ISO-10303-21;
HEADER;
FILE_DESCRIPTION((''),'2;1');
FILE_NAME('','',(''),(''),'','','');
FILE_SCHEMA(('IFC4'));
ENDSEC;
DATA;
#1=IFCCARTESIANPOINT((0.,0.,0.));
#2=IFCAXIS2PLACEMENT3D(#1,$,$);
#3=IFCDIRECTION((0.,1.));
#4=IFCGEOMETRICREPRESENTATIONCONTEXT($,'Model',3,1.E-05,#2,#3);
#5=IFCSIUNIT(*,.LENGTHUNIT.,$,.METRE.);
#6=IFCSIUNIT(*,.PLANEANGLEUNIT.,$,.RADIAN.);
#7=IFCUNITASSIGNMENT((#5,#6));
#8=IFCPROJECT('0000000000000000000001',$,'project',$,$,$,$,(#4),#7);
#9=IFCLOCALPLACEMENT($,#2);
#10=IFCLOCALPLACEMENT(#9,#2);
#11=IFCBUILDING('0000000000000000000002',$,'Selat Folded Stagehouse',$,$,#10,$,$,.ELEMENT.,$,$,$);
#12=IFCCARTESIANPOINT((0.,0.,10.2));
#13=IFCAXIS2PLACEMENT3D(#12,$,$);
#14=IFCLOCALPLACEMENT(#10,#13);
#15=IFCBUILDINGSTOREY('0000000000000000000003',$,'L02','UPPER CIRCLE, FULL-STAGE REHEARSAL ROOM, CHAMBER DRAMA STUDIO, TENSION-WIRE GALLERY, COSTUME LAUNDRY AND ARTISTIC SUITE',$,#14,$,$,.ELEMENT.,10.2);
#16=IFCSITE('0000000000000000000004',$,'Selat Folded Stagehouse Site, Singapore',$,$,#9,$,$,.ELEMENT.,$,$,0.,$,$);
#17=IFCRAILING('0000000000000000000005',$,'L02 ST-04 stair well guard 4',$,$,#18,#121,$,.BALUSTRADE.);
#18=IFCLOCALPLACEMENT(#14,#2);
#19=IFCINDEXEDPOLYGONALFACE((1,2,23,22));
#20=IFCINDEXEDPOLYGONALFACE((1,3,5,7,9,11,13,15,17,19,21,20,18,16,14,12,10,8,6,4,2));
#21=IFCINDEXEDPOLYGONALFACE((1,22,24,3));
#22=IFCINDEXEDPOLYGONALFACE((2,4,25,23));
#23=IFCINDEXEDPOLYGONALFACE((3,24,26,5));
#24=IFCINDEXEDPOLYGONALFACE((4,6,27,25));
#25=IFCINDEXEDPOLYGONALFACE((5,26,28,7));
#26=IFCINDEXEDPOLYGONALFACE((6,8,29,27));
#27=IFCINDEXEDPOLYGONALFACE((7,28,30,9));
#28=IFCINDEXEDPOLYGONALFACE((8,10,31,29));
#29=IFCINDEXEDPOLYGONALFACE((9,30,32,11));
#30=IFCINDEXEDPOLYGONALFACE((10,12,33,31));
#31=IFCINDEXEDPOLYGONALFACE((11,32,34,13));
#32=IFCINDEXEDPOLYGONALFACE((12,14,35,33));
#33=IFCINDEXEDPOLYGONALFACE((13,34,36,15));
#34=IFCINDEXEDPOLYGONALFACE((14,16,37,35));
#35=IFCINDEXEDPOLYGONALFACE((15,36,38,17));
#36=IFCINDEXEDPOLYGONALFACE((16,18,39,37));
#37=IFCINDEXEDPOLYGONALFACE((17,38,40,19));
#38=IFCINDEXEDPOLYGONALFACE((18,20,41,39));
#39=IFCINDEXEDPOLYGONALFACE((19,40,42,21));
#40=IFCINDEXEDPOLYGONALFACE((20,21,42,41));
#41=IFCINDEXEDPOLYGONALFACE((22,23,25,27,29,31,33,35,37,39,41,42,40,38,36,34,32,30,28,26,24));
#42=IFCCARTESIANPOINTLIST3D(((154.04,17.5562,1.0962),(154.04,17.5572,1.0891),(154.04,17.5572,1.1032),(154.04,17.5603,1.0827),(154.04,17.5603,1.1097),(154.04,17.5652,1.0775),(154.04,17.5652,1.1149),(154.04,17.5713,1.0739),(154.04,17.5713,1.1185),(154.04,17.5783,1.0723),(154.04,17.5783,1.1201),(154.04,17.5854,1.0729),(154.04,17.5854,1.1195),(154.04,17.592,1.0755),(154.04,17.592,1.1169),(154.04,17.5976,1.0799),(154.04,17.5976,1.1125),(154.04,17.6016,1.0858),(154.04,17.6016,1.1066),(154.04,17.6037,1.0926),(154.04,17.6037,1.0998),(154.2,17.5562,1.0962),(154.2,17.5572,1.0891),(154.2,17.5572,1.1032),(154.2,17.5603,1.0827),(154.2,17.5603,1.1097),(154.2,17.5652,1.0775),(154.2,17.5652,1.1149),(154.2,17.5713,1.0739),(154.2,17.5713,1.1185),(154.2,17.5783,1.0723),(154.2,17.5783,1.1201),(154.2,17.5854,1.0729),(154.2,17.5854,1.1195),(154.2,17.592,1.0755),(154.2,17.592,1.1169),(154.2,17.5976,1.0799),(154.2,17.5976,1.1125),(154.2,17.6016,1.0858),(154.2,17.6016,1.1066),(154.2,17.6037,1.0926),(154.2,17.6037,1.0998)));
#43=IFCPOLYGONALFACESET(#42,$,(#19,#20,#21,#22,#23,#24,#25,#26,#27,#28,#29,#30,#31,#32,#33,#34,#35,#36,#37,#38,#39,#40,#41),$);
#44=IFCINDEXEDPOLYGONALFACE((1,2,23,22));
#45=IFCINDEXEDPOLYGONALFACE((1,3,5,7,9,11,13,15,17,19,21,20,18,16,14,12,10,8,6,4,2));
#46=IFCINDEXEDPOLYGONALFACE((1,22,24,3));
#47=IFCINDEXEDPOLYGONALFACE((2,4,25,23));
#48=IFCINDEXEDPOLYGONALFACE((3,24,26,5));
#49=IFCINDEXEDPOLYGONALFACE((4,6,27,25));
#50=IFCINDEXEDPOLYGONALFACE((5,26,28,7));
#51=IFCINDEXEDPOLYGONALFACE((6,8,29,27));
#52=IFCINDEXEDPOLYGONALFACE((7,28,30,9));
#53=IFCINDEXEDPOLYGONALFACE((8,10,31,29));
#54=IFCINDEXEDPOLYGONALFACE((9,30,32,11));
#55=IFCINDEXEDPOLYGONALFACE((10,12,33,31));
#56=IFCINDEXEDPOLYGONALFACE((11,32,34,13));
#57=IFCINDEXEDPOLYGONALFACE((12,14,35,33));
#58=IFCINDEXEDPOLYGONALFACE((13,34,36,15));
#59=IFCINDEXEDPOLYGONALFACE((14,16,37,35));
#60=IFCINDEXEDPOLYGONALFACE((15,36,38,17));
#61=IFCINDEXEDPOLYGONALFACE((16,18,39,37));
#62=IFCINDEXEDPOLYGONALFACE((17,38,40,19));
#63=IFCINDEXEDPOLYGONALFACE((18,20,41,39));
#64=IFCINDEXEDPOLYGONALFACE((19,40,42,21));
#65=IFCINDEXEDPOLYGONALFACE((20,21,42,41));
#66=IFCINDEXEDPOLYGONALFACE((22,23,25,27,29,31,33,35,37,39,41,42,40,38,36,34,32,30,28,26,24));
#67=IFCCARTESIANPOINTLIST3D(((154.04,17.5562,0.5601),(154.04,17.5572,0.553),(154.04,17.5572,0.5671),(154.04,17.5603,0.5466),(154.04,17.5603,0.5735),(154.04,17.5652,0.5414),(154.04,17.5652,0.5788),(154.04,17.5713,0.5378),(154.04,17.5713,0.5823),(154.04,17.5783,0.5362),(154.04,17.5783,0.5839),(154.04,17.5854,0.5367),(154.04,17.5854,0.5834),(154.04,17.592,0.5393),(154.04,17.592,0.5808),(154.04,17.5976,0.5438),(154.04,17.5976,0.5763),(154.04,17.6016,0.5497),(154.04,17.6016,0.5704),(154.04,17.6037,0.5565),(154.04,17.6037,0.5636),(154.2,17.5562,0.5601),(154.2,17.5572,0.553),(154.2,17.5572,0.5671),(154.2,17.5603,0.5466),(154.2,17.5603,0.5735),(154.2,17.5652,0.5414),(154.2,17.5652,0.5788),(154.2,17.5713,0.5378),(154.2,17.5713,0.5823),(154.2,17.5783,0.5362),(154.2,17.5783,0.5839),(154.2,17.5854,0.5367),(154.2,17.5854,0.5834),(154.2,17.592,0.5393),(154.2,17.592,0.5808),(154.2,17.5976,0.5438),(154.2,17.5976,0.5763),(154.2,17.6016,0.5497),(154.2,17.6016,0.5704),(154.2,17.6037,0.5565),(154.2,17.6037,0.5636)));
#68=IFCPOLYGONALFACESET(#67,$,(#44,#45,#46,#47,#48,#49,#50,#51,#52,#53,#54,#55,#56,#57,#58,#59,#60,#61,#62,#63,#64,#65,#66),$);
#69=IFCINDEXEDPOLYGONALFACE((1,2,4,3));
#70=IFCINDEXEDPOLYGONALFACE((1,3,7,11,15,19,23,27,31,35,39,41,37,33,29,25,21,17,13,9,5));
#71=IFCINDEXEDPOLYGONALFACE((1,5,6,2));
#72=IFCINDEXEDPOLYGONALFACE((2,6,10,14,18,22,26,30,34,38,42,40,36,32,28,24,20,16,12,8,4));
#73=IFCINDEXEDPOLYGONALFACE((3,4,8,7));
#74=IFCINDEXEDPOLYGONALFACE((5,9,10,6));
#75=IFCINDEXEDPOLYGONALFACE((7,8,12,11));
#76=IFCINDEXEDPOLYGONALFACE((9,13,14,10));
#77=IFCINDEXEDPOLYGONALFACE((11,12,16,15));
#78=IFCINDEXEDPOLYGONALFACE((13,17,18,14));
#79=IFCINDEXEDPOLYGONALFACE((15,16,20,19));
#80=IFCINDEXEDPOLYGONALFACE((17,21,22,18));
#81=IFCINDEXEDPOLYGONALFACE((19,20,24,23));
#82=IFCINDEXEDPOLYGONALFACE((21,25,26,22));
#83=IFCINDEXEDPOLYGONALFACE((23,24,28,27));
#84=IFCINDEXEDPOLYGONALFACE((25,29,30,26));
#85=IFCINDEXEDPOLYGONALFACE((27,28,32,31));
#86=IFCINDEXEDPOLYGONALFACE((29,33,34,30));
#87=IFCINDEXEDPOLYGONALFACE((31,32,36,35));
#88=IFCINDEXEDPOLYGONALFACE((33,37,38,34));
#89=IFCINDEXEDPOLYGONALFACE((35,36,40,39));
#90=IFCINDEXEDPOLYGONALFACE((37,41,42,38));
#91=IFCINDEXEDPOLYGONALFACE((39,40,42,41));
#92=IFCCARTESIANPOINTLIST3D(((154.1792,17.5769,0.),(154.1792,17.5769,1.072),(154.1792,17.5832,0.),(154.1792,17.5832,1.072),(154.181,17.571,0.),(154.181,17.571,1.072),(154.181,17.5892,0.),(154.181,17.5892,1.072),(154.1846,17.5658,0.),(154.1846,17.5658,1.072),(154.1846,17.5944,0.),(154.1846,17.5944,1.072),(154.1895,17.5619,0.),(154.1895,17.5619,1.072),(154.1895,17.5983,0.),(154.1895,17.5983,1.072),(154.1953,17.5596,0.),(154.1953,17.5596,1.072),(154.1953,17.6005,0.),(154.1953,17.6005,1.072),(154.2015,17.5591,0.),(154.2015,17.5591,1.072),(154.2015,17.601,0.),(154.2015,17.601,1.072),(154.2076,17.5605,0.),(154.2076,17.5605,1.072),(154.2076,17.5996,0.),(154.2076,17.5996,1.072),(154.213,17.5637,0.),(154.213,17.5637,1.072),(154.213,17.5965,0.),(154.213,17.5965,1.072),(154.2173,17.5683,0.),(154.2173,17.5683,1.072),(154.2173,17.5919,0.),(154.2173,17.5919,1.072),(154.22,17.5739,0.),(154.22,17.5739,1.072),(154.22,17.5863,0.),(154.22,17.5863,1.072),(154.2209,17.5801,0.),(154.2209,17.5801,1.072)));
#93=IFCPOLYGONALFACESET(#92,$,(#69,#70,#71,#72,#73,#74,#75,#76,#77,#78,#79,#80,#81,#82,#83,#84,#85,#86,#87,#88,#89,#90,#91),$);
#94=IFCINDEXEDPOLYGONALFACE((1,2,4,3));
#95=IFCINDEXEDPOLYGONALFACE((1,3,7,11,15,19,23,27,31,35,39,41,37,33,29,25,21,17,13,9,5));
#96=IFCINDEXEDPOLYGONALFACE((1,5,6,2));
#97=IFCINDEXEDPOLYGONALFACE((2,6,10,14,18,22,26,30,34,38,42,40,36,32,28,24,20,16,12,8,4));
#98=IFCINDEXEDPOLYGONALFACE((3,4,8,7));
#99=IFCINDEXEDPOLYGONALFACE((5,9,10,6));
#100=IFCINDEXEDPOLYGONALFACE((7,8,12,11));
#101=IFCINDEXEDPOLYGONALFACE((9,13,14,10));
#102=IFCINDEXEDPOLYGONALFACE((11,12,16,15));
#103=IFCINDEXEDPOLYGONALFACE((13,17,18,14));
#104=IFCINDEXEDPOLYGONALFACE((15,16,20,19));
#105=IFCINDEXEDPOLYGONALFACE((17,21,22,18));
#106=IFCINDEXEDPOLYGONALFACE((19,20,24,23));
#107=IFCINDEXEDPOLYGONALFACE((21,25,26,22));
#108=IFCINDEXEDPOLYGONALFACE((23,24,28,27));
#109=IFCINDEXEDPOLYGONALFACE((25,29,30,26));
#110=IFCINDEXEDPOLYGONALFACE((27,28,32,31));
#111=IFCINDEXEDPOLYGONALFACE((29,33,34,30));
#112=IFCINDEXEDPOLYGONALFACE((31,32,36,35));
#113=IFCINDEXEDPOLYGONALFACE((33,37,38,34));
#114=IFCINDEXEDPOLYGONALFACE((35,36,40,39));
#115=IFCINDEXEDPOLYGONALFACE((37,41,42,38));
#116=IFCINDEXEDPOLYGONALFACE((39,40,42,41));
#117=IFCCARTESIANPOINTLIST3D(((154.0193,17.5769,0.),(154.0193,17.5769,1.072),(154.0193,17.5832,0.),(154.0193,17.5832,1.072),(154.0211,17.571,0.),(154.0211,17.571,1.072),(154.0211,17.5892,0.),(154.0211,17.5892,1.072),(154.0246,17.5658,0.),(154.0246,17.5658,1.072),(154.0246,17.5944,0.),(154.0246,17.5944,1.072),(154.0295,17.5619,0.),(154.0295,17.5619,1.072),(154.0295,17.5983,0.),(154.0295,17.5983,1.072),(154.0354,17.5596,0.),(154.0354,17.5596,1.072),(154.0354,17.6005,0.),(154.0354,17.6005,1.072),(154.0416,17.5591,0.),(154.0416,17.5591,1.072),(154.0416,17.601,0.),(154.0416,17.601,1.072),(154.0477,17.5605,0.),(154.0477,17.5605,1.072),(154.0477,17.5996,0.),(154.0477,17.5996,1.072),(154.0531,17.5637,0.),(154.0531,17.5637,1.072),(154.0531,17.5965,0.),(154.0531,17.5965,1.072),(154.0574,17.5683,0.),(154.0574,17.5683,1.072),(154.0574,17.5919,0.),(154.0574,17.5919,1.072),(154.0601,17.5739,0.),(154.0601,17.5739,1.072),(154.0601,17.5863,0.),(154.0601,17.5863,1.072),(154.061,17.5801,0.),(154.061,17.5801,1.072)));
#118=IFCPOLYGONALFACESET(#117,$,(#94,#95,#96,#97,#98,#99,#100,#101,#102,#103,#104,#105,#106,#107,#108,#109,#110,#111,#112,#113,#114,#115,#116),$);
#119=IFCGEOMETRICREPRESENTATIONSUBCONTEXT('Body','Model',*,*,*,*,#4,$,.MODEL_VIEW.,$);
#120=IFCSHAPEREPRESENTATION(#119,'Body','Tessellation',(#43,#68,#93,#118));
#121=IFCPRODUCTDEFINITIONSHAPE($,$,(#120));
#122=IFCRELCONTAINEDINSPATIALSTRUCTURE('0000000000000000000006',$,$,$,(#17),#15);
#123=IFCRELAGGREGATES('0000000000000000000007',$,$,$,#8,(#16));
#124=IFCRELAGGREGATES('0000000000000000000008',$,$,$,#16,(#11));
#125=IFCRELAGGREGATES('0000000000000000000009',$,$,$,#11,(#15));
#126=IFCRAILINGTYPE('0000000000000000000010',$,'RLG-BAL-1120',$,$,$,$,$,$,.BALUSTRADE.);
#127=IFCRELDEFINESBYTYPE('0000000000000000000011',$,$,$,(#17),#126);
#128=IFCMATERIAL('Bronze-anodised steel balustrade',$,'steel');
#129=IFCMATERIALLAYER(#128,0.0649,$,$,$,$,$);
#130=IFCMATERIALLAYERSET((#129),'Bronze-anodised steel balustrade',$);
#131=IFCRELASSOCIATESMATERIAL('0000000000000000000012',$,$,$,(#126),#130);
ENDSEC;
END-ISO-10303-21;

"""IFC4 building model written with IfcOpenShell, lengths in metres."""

from ifc_helpers import new_model, si_unit, direction, frame, origin, origin_2d, place, context, subcontext, project, spatial, circle, extrude, material, layer, layer_set, type_object, element, save


model = new_model("IFC4")

# Units and contexts
model_context = context("Model", 3, precision=1e-05, world=origin(), true_north=direction((0.0, 1.0)))
body_context = subcontext(model_context, "Body", "Model", "MODEL_VIEW")
ifc_project = project(units=[si_unit("LENGTHUNIT", "METRE"), si_unit("PLANEANGLEUNIT", "RADIAN")], contexts=[model_context])

# Site, building, storey
site_placement = place(None, origin())
site = spatial("IfcSite", under=ifc_project, at=site_placement, Name="Selat Folded Stagehouse Site, Singapore", CompositionType="ELEMENT", RefElevation=0.0)
building_placement = place(site_placement, origin())
building = spatial("IfcBuilding", under=site, at=building_placement, Name="Selat Folded Stagehouse", CompositionType="ELEMENT")
storey_placement = place(building_placement, frame((0.0, 0.0, 10.2)))
storey = spatial("IfcBuildingStorey", under=building, at=storey_placement, Name="L02", Description="UPPER CIRCLE, FULL-STAGE REHEARSAL ROOM, CHAMBER DRAMA STUDIO, TENSION-WIRE GALLERY, COSTUME LAUNDRY AND ARTISTIC SUITE", CompositionType="ELEMENT", Elevation=10.2)

# Railing
ifc_material_1 = material(Name="Bronze-anodised steel balustrade", Category="steel")
ifc_layer_1 = layer(ifc_material_1, 0.0649)
ifc_layer_set_1 = layer_set([ifc_layer_1], Name="Bronze-anodised steel balustrade")
railing_type_1 = type_object("IfcRailingType", Name="RLG-BAL-1120", PredefinedType="BALUSTRADE", material=ifc_layer_set_1)
railing_1_placement = place(storey_placement, frame((154.2, 17.5801, 0.0)))
element("IfcRailing", 1, at=railing_1_placement, inside=storey, type_object=railing_type_1, Name="L02 ST-04 stair well guard 4", PredefinedType="BALUSTRADE", context=body_context, shape_type="SweptSolid", body=[
    extrude(circle(Radius=0.0239, at=origin_2d()), frame((0.0, 0.0, 1.0962), z_axis=(-1.0, 0.0, 0.0), x_axis=(0.0, -1.0, 0.0)), (0.0, 0.0, 1.0), 0.1599),
    extrude(circle(Radius=0.0239, at=origin_2d()), frame((0.0, 0.0, 0.5601), z_axis=(-1.0, 0.0, 0.0), x_axis=(0.0, -1.0, 0.0)), (0.0, 0.0, 1.0), 0.1599),
    extrude(circle(Radius=0.021, at=origin_2d()), origin(), (0.0, 0.0, 1.0), 1.072),
    extrude(circle(Radius=0.021, at=origin_2d()), frame((-0.1599, 0.0, 0.0)), (0.0, 0.0, 1.0), 1.072),
])

save(model, "model.ifc")
